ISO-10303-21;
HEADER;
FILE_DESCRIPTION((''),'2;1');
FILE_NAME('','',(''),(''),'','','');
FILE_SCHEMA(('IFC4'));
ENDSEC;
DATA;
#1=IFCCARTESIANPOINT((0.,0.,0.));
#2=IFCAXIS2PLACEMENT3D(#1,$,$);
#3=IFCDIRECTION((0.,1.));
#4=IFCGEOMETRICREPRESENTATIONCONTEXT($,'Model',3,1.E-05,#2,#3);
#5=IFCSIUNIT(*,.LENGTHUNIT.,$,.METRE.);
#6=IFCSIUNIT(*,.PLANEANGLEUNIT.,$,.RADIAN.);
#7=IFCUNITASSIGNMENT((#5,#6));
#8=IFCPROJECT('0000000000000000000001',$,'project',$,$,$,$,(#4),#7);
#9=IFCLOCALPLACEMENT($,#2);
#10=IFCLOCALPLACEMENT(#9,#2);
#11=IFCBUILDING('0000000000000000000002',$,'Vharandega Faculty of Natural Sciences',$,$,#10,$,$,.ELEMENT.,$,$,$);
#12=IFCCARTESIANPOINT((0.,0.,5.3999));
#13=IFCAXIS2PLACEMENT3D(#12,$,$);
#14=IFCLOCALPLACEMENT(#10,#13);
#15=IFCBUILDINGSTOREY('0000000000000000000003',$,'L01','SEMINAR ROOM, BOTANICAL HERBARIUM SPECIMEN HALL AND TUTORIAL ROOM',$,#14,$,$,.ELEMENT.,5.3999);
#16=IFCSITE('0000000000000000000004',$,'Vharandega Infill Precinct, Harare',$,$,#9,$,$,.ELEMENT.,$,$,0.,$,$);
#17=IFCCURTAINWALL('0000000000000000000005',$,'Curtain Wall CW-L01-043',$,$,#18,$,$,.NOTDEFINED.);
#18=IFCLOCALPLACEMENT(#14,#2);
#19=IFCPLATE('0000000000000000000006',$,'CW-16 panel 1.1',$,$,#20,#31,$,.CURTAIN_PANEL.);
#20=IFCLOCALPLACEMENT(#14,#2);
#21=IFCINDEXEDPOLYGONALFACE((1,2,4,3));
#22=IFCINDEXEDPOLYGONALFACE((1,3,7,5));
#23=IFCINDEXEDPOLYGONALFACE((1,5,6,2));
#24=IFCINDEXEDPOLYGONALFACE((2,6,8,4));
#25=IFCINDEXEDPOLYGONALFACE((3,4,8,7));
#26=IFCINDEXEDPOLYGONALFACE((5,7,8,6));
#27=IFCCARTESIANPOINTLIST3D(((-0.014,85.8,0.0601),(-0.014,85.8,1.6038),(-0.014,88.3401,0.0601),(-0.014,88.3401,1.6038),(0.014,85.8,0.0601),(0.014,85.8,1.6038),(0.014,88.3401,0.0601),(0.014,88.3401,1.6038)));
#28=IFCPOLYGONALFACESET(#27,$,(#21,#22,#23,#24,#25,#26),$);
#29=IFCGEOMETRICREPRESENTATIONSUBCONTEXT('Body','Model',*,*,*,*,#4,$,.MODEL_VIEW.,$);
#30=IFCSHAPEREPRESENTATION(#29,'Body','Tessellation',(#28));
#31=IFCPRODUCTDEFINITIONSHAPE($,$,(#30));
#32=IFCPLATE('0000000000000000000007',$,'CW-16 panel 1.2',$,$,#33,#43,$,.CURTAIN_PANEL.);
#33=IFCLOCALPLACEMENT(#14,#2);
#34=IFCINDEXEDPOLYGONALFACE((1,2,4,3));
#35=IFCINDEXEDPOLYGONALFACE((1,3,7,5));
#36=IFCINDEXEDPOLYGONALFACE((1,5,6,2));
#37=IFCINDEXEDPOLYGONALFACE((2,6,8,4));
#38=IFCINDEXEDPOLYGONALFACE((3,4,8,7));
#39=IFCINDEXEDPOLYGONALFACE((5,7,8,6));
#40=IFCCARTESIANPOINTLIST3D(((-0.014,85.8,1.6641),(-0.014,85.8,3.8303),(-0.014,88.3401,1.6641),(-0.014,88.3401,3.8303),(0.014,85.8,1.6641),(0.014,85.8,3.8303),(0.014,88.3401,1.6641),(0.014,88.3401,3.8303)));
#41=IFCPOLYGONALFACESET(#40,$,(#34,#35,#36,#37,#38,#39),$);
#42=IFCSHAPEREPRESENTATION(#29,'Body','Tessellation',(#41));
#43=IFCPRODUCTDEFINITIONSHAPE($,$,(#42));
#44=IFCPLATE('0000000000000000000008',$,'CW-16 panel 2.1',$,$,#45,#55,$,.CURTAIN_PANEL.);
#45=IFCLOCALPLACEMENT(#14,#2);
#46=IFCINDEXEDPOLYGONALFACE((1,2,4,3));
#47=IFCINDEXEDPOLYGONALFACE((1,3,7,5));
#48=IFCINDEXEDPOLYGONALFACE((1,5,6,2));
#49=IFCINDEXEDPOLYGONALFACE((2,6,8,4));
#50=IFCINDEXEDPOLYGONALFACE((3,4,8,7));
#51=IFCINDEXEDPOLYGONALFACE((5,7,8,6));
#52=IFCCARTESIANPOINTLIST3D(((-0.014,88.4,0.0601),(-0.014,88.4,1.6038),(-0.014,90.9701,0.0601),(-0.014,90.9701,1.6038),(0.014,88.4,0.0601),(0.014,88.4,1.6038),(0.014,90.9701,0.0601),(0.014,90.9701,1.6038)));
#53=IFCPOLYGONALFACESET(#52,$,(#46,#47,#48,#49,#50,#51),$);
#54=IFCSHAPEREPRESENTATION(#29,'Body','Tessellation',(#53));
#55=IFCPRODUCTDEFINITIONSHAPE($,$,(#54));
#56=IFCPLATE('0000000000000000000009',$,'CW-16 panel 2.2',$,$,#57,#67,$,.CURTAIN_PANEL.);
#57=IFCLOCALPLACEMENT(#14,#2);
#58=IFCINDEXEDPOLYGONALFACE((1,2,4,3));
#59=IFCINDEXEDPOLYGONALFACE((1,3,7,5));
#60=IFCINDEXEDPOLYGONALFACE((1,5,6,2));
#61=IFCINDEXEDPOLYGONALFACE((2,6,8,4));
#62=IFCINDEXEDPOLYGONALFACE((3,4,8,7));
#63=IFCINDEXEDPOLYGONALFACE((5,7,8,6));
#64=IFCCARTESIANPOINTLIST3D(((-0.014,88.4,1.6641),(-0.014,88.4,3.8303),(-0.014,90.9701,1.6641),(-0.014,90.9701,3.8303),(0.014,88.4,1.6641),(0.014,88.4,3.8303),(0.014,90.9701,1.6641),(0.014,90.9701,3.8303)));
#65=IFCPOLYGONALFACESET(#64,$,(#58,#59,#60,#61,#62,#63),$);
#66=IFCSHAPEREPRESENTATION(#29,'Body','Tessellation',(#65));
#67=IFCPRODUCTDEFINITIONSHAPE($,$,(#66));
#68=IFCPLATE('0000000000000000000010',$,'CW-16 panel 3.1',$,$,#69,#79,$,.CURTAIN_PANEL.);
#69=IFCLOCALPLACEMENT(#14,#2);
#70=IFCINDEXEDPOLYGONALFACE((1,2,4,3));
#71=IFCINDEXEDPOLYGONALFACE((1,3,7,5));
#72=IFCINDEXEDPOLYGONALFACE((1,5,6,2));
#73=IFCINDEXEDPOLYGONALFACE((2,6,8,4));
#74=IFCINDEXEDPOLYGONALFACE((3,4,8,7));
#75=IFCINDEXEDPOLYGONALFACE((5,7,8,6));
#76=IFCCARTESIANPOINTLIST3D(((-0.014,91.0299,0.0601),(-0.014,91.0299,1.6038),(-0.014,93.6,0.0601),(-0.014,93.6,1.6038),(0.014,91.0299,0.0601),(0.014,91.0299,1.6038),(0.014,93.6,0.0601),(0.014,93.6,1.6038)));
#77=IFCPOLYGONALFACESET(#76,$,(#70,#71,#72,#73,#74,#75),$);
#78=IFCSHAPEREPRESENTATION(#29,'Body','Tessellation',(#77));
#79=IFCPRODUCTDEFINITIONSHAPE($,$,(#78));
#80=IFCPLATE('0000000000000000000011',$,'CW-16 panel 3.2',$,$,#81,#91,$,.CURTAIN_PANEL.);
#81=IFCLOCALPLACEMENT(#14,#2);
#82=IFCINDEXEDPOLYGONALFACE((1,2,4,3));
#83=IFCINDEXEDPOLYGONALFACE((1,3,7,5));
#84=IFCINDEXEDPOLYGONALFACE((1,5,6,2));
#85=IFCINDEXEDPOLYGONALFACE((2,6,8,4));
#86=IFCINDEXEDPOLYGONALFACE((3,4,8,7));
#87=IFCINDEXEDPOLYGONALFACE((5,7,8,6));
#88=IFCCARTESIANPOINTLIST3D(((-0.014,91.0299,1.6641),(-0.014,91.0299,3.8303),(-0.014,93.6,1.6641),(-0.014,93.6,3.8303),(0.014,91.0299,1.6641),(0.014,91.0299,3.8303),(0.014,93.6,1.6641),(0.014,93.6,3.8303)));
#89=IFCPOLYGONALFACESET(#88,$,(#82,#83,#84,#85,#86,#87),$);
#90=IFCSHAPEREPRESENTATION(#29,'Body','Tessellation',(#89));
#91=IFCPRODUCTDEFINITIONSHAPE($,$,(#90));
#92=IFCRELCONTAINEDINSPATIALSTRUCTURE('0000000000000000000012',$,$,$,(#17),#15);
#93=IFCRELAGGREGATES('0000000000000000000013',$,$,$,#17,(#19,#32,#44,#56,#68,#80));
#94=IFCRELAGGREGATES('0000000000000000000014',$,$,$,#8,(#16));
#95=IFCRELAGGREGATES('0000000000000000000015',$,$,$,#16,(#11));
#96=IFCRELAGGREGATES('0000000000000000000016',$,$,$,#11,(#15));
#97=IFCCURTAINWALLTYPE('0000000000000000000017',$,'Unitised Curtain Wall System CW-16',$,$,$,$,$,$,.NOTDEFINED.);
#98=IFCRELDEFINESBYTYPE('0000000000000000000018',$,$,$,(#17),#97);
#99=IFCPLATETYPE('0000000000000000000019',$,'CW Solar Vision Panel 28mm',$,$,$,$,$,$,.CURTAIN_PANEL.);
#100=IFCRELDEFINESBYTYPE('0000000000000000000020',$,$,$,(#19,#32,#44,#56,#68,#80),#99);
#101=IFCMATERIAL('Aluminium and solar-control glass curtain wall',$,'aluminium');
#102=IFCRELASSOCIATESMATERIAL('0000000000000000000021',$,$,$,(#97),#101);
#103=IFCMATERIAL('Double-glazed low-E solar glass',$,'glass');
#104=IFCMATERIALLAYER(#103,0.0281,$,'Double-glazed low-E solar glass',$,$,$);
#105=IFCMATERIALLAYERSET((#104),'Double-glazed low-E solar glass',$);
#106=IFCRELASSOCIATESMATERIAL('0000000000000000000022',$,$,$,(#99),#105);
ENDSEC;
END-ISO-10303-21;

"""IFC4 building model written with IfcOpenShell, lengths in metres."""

from ifc_helpers import new_model, si_unit, direction, frame, origin, origin_2d, place, context, subcontext, project, spatial, rectangle, extrude, material, layer, layer_set, type_object, element, aggregate, save


model = new_model("IFC4")

# Units and contexts
model_context = context("Model", 3, precision=1e-05, world=origin(), true_north=direction((0.0, 1.0)))
body_context = subcontext(model_context, "Body", "Model", "MODEL_VIEW")
ifc_project = project(units=[si_unit("LENGTHUNIT", "METRE"), si_unit("PLANEANGLEUNIT", "RADIAN")], contexts=[model_context])

# Site, building, storey
site_placement = place(None, origin())
site = spatial("IfcSite", under=ifc_project, at=site_placement, Name="Vharandega Infill Precinct, Harare", CompositionType="ELEMENT", RefElevation=0.0)
building_placement = place(site_placement, origin())
building = spatial("IfcBuilding", under=site, at=building_placement, Name="Vharandega Faculty of Natural Sciences", CompositionType="ELEMENT")
storey_placement = place(building_placement, frame((0.0, 0.0, 5.3999)))
storey = spatial("IfcBuildingStorey", under=building, at=storey_placement, Name="L01", Description="SEMINAR ROOM, BOTANICAL HERBARIUM SPECIMEN HALL AND TUTORIAL ROOM", CompositionType="ELEMENT", Elevation=5.3999)

# Curtain wall, plates
ifc_material_1 = material(Name="Aluminium and solar-control glass curtain wall", Category="aluminium")
curtain_wall_type = type_object("IfcCurtainWallType", Name="Unitised Curtain Wall System CW-16", PredefinedType="NOTDEFINED", material=ifc_material_1)
curtain_wall_placement = place(storey_placement, origin())
curtain_wall = element("IfcCurtainWall", 1, at=curtain_wall_placement, inside=storey, type_object=curtain_wall_type, Name="Curtain Wall CW-L01-043", PredefinedType="NOTDEFINED")
ifc_material_2 = material(Name="Double-glazed low-E solar glass", Category="glass")
ifc_layer = layer(ifc_material_2, 0.0281, Name="Double-glazed low-E solar glass")
ifc_layer_set = layer_set([ifc_layer], Name="Double-glazed low-E solar glass")
plate_type = type_object("IfcPlateType", Name="CW Solar Vision Panel 28mm", PredefinedType="CURTAIN_PANEL", material=ifc_layer_set)
plate_1_placement = place(storey_placement, frame((0.0, 87.0701, 0.0601), z_axis=(0.0, 0.0, 1.0), x_axis=(0.0, 1.0, 0.0)))
plate_1 = element("IfcPlate", 2, at=plate_1_placement, type_object=plate_type, Name="CW-16 panel 1.1", PredefinedType="CURTAIN_PANEL", context=body_context, shape_type="SweptSolid", body=[
    extrude(rectangle(XDim=2.54, YDim=0.0281, at=origin_2d()), origin(), (0.0, 0.0, 1.0), 1.5437),
])
plate_2_placement = place(storey_placement, frame((0.0, 87.0701, 1.6641), z_axis=(0.0, 0.0, 1.0), x_axis=(0.0, 1.0, 0.0)))
plate_2 = element("IfcPlate", 3, at=plate_2_placement, type_object=plate_type, Name="CW-16 panel 1.2", PredefinedType="CURTAIN_PANEL", context=body_context, shape_type="SweptSolid", body=[
    extrude(rectangle(XDim=2.54, YDim=0.0281, at=origin_2d()), origin(), (0.0, 0.0, 1.0), 2.1663),
])
plate_3_placement = place(storey_placement, frame((0.0, 89.6851, 0.0601), z_axis=(0.0, 0.0, 1.0), x_axis=(0.0, 1.0, 0.0)))
plate_3 = element("IfcPlate", 4, at=plate_3_placement, type_object=plate_type, Name="CW-16 panel 2.1", PredefinedType="CURTAIN_PANEL", context=body_context, shape_type="SweptSolid", body=[
    extrude(rectangle(XDim=2.5701, YDim=0.0281, at=origin_2d()), origin(), (0.0, 0.0, 1.0), 1.5437),
])
plate_4_placement = place(storey_placement, frame((0.0, 89.6851, 1.6641), z_axis=(0.0, 0.0, 1.0), x_axis=(0.0, 1.0, 0.0)))
plate_4 = element("IfcPlate", 5, at=plate_4_placement, type_object=plate_type, Name="CW-16 panel 2.2", PredefinedType="CURTAIN_PANEL", context=body_context, shape_type="SweptSolid", body=[
    extrude(rectangle(XDim=2.5701, YDim=0.0281, at=origin_2d()), origin(), (0.0, 0.0, 1.0), 2.1663),
])
plate_5_placement = place(storey_placement, frame((0.0, 92.3149, 0.0601), z_axis=(0.0, 0.0, 1.0), x_axis=(0.0, 1.0, 0.0)))
plate_5 = element("IfcPlate", 6, at=plate_5_placement, type_object=plate_type, Name="CW-16 panel 3.1", PredefinedType="CURTAIN_PANEL", context=body_context, shape_type="SweptSolid", body=[
    extrude(rectangle(XDim=2.5701, YDim=0.0281, at=origin_2d()), origin(), (0.0, 0.0, 1.0), 1.5437),
])
plate_6_placement = place(storey_placement, frame((0.0, 92.3149, 1.6641), z_axis=(0.0, 0.0, 1.0), x_axis=(0.0, 1.0, 0.0)))
plate_6 = element("IfcPlate", 7, at=plate_6_placement, type_object=plate_type, Name="CW-16 panel 3.2", PredefinedType="CURTAIN_PANEL", context=body_context, shape_type="SweptSolid", body=[
    extrude(rectangle(XDim=2.5701, YDim=0.0281, at=origin_2d()), origin(), (0.0, 0.0, 1.0), 2.1663),
])
aggregate(curtain_wall, [plate_1, plate_2, plate_3, plate_4, plate_5, plate_6])

save(model, "model.ifc")
